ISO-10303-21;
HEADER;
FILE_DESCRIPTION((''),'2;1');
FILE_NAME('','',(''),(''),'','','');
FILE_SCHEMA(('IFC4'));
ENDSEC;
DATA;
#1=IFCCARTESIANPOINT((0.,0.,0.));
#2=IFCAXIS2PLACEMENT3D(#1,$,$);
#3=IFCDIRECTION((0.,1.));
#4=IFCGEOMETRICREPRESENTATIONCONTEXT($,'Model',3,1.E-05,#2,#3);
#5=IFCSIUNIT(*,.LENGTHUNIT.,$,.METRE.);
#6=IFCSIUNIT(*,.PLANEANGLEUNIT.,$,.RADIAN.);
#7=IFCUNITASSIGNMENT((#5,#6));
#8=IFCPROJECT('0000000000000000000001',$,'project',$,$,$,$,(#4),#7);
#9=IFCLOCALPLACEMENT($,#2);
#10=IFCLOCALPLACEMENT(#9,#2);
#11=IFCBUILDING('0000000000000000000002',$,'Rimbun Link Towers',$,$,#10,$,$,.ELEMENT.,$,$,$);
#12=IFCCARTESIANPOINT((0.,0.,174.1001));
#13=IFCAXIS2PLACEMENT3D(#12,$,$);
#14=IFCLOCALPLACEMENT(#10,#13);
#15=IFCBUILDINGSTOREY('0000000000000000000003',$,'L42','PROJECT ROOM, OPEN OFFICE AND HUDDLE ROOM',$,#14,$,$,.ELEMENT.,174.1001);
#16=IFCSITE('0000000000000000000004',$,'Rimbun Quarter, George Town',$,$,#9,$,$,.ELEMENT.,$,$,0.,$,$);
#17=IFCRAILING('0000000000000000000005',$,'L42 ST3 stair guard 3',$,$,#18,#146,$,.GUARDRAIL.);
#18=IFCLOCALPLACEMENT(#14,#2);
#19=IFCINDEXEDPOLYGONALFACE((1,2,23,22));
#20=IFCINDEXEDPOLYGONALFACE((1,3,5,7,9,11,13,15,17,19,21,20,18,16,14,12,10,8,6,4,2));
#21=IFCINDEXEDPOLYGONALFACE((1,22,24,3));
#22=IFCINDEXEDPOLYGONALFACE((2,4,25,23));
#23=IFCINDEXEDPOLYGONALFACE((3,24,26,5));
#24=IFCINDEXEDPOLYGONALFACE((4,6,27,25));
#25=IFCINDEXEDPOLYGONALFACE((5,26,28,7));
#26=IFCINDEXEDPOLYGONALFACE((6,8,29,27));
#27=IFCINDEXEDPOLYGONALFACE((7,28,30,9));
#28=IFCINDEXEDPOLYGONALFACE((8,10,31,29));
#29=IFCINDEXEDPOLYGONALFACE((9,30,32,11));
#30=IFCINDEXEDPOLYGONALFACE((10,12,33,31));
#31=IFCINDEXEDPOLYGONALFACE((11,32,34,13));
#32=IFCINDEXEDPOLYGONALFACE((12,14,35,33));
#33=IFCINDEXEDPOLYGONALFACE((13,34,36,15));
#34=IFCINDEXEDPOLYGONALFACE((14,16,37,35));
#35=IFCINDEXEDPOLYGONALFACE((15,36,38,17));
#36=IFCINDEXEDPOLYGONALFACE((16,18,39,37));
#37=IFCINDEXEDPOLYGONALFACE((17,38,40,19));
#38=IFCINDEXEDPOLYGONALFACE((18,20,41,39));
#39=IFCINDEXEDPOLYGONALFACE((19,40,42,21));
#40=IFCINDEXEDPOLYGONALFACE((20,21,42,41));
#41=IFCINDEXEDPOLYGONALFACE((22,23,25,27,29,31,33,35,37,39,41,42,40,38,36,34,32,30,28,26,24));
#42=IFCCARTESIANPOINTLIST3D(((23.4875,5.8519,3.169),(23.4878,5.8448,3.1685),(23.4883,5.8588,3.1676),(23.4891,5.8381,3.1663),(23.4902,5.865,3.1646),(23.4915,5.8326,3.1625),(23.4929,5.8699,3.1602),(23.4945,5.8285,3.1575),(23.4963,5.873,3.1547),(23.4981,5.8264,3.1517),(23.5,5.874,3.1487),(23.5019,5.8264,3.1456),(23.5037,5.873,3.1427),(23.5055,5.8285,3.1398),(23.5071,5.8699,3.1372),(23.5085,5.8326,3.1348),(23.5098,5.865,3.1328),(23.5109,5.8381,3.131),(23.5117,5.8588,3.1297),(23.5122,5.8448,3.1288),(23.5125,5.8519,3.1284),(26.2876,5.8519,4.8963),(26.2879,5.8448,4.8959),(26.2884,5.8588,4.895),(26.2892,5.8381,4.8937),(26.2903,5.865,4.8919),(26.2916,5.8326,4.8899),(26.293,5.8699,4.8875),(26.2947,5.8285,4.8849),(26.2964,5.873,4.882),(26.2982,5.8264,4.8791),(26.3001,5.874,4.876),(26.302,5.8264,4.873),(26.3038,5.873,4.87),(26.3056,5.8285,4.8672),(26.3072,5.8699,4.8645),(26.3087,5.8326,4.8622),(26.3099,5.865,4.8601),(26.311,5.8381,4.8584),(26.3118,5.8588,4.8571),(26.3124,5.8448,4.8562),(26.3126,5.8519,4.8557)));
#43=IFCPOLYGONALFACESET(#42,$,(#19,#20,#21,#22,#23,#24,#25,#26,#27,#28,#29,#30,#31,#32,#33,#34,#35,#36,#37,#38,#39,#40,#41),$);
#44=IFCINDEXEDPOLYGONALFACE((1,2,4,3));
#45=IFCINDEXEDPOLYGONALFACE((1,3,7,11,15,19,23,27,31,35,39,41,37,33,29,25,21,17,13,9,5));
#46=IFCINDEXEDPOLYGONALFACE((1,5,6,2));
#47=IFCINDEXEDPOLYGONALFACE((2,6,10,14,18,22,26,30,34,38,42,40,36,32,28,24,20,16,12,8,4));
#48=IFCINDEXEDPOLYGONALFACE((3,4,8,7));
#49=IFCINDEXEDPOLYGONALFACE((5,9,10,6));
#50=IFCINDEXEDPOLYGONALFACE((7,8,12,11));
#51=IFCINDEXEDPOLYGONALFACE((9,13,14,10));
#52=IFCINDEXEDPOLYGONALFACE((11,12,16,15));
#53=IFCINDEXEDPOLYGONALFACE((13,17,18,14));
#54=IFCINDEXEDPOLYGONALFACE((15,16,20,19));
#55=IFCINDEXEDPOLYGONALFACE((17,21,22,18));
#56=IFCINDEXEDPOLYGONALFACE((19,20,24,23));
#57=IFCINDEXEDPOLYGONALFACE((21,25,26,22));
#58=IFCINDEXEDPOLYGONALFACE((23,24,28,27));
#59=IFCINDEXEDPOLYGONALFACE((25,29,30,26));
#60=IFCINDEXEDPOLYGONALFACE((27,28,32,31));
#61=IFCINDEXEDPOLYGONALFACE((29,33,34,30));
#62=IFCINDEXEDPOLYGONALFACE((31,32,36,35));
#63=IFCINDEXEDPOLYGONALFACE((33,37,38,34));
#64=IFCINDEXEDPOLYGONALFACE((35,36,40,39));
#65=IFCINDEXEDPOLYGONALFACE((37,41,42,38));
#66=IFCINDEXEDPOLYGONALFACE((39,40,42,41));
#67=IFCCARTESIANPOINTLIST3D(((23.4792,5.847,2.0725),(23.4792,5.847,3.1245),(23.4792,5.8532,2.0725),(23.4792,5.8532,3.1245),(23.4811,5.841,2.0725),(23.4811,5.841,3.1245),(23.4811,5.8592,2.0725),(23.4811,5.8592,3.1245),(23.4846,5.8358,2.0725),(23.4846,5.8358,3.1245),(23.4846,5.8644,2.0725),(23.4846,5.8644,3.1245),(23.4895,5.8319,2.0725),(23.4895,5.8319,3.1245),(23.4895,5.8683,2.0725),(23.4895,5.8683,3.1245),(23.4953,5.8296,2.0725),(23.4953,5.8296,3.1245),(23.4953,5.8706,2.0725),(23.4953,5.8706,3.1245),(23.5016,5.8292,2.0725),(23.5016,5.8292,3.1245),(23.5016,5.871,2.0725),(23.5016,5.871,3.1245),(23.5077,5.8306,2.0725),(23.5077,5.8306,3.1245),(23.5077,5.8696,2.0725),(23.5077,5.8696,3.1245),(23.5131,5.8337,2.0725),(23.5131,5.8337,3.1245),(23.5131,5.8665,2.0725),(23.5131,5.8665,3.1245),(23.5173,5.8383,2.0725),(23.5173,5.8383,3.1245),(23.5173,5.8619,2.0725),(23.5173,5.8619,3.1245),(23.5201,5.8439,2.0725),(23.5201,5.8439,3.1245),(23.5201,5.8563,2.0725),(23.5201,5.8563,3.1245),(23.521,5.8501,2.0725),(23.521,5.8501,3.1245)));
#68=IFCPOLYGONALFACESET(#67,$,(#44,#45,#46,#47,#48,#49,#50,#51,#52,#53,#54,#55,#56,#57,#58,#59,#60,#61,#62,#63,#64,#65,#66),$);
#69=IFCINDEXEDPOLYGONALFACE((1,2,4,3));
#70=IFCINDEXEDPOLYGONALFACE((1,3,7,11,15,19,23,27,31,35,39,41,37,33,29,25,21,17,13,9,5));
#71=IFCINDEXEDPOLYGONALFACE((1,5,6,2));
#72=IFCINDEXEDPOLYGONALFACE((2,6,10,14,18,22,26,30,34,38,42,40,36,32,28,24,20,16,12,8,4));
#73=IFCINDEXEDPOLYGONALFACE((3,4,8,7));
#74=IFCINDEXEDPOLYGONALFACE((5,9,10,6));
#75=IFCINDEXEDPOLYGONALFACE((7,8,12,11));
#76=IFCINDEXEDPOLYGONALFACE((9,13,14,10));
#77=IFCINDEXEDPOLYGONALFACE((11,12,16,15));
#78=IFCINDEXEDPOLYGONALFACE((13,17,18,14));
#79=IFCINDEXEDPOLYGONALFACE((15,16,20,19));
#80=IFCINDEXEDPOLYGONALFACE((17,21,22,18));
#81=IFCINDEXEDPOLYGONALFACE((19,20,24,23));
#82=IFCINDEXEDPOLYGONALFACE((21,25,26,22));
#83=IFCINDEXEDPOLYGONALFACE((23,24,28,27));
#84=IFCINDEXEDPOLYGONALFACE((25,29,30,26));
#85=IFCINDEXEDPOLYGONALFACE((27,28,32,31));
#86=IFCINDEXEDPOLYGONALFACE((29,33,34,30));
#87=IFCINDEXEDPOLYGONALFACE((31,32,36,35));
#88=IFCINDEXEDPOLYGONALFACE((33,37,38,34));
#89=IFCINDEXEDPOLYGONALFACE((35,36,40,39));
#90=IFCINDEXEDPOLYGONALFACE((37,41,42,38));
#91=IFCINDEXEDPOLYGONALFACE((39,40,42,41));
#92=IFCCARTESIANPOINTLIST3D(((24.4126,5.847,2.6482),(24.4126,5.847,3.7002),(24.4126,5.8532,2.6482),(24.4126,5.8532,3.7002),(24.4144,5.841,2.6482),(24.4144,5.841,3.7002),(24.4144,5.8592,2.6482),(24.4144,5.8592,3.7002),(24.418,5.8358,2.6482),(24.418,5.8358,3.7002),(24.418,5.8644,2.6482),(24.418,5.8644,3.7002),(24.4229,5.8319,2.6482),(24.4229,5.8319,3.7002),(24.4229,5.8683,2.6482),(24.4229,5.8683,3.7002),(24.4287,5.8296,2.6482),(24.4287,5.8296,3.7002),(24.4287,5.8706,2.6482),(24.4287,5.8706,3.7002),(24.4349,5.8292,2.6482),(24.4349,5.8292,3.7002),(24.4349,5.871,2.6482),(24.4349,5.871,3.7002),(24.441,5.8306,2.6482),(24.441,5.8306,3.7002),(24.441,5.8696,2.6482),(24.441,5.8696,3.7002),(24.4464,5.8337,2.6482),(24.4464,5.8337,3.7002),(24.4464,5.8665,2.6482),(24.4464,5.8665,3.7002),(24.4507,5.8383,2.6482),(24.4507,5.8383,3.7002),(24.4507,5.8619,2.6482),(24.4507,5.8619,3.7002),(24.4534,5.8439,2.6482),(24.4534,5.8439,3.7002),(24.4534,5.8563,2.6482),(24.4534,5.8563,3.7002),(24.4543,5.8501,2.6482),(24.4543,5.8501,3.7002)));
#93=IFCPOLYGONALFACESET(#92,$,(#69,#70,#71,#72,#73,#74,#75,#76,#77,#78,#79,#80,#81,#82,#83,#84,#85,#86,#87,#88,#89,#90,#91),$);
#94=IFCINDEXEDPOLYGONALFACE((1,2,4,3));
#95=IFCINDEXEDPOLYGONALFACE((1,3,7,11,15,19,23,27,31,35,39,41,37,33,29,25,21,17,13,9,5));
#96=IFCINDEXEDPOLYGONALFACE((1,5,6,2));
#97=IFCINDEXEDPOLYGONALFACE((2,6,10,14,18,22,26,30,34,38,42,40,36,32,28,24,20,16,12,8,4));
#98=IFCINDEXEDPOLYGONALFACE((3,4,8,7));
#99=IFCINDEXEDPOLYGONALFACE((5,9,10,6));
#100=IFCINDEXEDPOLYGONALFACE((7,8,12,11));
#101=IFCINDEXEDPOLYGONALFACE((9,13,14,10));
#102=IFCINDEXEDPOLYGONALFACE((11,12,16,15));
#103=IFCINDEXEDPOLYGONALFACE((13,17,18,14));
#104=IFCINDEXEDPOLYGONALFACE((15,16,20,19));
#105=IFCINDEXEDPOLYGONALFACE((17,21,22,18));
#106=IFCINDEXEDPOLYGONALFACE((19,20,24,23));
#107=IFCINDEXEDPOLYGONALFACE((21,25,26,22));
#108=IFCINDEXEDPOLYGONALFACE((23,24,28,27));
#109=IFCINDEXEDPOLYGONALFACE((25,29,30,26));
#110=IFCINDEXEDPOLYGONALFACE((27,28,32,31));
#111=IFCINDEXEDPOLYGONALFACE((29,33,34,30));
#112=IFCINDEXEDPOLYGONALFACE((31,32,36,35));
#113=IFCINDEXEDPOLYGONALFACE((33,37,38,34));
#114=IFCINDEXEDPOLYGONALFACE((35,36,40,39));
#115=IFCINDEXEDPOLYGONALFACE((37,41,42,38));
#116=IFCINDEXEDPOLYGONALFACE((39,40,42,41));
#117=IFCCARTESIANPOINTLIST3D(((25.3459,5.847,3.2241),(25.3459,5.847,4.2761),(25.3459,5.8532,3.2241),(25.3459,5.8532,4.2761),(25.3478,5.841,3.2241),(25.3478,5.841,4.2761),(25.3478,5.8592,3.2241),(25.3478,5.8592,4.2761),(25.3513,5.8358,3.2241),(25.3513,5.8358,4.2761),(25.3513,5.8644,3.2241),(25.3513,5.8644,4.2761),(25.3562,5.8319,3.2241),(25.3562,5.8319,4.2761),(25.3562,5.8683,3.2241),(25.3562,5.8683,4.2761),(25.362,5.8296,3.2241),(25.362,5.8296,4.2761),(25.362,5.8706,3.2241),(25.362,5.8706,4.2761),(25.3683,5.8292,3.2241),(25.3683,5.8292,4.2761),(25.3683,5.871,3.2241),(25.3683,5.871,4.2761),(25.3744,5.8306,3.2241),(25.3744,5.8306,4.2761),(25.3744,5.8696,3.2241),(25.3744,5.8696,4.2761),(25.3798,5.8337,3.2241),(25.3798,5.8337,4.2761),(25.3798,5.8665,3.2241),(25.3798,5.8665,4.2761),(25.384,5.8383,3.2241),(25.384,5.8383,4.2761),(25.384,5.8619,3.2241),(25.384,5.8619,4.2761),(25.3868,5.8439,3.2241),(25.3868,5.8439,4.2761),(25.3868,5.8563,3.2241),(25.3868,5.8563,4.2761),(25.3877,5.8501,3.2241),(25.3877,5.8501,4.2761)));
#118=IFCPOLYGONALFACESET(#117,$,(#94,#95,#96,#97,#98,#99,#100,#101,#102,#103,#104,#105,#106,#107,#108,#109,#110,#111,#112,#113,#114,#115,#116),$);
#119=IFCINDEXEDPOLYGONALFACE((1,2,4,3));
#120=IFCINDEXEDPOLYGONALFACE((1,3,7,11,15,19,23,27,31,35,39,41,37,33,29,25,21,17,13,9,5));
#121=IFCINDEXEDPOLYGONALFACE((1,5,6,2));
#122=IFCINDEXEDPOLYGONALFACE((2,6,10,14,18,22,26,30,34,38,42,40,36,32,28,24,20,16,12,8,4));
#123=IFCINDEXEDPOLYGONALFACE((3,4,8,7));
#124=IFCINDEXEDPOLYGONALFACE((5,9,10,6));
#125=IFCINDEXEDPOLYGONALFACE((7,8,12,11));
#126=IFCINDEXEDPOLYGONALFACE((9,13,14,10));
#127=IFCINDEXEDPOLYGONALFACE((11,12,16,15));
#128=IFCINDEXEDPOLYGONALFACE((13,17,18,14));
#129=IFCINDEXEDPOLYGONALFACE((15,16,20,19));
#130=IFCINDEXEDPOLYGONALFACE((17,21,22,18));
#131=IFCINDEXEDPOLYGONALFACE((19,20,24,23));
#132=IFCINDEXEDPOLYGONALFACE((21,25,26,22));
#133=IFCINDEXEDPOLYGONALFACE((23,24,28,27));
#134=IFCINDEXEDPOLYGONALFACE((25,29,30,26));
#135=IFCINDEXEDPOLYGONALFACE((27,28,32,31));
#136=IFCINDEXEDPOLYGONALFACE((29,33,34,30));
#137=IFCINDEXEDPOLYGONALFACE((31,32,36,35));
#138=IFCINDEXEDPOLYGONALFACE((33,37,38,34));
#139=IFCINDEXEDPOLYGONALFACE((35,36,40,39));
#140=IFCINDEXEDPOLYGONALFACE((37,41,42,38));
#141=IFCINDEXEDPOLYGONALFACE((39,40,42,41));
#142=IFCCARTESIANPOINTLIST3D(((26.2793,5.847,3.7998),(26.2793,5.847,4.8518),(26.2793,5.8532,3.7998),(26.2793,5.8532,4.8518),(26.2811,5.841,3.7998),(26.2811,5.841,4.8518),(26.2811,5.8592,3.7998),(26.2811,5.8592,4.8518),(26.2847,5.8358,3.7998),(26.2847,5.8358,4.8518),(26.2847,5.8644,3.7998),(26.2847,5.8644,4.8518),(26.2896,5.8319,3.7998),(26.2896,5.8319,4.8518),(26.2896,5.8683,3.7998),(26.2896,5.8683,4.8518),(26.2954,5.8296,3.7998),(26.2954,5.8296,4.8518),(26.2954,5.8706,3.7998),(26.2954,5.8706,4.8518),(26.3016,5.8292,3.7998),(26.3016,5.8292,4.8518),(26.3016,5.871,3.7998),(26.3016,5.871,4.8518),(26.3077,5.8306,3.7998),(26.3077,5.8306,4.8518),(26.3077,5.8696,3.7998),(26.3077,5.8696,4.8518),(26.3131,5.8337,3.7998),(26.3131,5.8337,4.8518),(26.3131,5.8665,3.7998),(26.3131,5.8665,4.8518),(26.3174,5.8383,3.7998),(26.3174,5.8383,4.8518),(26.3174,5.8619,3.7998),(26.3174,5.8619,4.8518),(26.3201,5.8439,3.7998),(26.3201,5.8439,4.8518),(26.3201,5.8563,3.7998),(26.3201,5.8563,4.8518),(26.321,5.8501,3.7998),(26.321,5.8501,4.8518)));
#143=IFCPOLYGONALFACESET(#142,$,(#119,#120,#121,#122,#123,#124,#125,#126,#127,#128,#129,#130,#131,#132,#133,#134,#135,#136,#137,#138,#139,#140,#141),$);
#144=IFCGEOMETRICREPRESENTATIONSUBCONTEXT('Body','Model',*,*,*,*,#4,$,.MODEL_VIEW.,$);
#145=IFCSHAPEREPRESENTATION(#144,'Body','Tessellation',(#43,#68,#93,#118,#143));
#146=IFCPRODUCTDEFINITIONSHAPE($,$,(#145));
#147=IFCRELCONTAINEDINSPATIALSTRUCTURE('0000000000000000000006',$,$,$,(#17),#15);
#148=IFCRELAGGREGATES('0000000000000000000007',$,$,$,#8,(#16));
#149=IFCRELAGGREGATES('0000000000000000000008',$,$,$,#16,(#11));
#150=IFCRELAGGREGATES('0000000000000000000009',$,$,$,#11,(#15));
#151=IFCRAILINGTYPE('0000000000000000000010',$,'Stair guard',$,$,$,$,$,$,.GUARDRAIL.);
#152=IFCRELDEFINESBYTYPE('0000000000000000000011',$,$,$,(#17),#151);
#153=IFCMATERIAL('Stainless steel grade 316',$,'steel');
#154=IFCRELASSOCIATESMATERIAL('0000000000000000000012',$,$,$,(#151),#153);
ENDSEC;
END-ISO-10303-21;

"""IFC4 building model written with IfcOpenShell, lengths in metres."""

from ifc_helpers import new_model, si_unit, direction, frame, origin, origin_2d, place, context, subcontext, project, spatial, circle, extrude, material, type_object, element, save


model = new_model("IFC4")

# Units and contexts
model_context = context("Model", 3, precision=1e-05, world=origin(), true_north=direction((0.0, 1.0)))
body_context = subcontext(model_context, "Body", "Model", "MODEL_VIEW")
ifc_project = project(units=[si_unit("LENGTHUNIT", "METRE"), si_unit("PLANEANGLEUNIT", "RADIAN")], contexts=[model_context])

# Site, building, storey
site_placement = place(None, origin())
site = spatial("IfcSite", under=ifc_project, at=site_placement, Name="Rimbun Quarter, George Town", CompositionType="ELEMENT", RefElevation=0.0)
building_placement = place(site_placement, origin())
building = spatial("IfcBuilding", under=site, at=building_placement, Name="Rimbun Link Towers", CompositionType="ELEMENT")
storey_placement = place(building_placement, frame((0.0, 0.0, 174.1001)))
storey = spatial("IfcBuildingStorey", under=building, at=storey_placement, Name="L42", Description="PROJECT ROOM, OPEN OFFICE AND HUDDLE ROOM", CompositionType="ELEMENT", Elevation=174.1001)

# Railing
ifc_material_1 = material(Name="Stainless steel grade 316", Category="steel")
railing_type_1 = type_object("IfcRailingType", Name="Stair guard", PredefinedType="GUARDRAIL", material=ifc_material_1)
railing_1_placement = place(storey_placement, frame((23.5, 5.8501, 2.0725)))
element("IfcRailing", 1, at=railing_1_placement, inside=storey, type_object=railing_type_1, Name="L42 ST3 stair guard 3", PredefinedType="GUARDRAIL", context=body_context, shape_type="SweptSolid", body=[
    extrude(circle(Radius=0.0239, at=origin_2d()), frame((0.0, 0.0, 1.0762), z_axis=(0.85109, 0.0, 0.52502), x_axis=(0.0, 1.0, 0.0)), (0.0, 0.0, 1.0), 3.29),
    extrude(circle(Radius=0.021, at=origin_2d()), origin(), (0.0, 0.0, 1.0), 1.052),
    extrude(circle(Radius=0.021, at=origin_2d()), frame((0.9333, 0.0, 0.5757)), (0.0, 0.0, 1.0), 1.052),
    extrude(circle(Radius=0.021, at=origin_2d()), frame((1.8667, 0.0, 1.1516)), (0.0, 0.0, 1.0), 1.052),
    extrude(circle(Radius=0.021, at=origin_2d()), frame((2.8, 0.0, 1.7273)), (0.0, 0.0, 1.0), 1.052),
])

save(model, "model.ifc")
